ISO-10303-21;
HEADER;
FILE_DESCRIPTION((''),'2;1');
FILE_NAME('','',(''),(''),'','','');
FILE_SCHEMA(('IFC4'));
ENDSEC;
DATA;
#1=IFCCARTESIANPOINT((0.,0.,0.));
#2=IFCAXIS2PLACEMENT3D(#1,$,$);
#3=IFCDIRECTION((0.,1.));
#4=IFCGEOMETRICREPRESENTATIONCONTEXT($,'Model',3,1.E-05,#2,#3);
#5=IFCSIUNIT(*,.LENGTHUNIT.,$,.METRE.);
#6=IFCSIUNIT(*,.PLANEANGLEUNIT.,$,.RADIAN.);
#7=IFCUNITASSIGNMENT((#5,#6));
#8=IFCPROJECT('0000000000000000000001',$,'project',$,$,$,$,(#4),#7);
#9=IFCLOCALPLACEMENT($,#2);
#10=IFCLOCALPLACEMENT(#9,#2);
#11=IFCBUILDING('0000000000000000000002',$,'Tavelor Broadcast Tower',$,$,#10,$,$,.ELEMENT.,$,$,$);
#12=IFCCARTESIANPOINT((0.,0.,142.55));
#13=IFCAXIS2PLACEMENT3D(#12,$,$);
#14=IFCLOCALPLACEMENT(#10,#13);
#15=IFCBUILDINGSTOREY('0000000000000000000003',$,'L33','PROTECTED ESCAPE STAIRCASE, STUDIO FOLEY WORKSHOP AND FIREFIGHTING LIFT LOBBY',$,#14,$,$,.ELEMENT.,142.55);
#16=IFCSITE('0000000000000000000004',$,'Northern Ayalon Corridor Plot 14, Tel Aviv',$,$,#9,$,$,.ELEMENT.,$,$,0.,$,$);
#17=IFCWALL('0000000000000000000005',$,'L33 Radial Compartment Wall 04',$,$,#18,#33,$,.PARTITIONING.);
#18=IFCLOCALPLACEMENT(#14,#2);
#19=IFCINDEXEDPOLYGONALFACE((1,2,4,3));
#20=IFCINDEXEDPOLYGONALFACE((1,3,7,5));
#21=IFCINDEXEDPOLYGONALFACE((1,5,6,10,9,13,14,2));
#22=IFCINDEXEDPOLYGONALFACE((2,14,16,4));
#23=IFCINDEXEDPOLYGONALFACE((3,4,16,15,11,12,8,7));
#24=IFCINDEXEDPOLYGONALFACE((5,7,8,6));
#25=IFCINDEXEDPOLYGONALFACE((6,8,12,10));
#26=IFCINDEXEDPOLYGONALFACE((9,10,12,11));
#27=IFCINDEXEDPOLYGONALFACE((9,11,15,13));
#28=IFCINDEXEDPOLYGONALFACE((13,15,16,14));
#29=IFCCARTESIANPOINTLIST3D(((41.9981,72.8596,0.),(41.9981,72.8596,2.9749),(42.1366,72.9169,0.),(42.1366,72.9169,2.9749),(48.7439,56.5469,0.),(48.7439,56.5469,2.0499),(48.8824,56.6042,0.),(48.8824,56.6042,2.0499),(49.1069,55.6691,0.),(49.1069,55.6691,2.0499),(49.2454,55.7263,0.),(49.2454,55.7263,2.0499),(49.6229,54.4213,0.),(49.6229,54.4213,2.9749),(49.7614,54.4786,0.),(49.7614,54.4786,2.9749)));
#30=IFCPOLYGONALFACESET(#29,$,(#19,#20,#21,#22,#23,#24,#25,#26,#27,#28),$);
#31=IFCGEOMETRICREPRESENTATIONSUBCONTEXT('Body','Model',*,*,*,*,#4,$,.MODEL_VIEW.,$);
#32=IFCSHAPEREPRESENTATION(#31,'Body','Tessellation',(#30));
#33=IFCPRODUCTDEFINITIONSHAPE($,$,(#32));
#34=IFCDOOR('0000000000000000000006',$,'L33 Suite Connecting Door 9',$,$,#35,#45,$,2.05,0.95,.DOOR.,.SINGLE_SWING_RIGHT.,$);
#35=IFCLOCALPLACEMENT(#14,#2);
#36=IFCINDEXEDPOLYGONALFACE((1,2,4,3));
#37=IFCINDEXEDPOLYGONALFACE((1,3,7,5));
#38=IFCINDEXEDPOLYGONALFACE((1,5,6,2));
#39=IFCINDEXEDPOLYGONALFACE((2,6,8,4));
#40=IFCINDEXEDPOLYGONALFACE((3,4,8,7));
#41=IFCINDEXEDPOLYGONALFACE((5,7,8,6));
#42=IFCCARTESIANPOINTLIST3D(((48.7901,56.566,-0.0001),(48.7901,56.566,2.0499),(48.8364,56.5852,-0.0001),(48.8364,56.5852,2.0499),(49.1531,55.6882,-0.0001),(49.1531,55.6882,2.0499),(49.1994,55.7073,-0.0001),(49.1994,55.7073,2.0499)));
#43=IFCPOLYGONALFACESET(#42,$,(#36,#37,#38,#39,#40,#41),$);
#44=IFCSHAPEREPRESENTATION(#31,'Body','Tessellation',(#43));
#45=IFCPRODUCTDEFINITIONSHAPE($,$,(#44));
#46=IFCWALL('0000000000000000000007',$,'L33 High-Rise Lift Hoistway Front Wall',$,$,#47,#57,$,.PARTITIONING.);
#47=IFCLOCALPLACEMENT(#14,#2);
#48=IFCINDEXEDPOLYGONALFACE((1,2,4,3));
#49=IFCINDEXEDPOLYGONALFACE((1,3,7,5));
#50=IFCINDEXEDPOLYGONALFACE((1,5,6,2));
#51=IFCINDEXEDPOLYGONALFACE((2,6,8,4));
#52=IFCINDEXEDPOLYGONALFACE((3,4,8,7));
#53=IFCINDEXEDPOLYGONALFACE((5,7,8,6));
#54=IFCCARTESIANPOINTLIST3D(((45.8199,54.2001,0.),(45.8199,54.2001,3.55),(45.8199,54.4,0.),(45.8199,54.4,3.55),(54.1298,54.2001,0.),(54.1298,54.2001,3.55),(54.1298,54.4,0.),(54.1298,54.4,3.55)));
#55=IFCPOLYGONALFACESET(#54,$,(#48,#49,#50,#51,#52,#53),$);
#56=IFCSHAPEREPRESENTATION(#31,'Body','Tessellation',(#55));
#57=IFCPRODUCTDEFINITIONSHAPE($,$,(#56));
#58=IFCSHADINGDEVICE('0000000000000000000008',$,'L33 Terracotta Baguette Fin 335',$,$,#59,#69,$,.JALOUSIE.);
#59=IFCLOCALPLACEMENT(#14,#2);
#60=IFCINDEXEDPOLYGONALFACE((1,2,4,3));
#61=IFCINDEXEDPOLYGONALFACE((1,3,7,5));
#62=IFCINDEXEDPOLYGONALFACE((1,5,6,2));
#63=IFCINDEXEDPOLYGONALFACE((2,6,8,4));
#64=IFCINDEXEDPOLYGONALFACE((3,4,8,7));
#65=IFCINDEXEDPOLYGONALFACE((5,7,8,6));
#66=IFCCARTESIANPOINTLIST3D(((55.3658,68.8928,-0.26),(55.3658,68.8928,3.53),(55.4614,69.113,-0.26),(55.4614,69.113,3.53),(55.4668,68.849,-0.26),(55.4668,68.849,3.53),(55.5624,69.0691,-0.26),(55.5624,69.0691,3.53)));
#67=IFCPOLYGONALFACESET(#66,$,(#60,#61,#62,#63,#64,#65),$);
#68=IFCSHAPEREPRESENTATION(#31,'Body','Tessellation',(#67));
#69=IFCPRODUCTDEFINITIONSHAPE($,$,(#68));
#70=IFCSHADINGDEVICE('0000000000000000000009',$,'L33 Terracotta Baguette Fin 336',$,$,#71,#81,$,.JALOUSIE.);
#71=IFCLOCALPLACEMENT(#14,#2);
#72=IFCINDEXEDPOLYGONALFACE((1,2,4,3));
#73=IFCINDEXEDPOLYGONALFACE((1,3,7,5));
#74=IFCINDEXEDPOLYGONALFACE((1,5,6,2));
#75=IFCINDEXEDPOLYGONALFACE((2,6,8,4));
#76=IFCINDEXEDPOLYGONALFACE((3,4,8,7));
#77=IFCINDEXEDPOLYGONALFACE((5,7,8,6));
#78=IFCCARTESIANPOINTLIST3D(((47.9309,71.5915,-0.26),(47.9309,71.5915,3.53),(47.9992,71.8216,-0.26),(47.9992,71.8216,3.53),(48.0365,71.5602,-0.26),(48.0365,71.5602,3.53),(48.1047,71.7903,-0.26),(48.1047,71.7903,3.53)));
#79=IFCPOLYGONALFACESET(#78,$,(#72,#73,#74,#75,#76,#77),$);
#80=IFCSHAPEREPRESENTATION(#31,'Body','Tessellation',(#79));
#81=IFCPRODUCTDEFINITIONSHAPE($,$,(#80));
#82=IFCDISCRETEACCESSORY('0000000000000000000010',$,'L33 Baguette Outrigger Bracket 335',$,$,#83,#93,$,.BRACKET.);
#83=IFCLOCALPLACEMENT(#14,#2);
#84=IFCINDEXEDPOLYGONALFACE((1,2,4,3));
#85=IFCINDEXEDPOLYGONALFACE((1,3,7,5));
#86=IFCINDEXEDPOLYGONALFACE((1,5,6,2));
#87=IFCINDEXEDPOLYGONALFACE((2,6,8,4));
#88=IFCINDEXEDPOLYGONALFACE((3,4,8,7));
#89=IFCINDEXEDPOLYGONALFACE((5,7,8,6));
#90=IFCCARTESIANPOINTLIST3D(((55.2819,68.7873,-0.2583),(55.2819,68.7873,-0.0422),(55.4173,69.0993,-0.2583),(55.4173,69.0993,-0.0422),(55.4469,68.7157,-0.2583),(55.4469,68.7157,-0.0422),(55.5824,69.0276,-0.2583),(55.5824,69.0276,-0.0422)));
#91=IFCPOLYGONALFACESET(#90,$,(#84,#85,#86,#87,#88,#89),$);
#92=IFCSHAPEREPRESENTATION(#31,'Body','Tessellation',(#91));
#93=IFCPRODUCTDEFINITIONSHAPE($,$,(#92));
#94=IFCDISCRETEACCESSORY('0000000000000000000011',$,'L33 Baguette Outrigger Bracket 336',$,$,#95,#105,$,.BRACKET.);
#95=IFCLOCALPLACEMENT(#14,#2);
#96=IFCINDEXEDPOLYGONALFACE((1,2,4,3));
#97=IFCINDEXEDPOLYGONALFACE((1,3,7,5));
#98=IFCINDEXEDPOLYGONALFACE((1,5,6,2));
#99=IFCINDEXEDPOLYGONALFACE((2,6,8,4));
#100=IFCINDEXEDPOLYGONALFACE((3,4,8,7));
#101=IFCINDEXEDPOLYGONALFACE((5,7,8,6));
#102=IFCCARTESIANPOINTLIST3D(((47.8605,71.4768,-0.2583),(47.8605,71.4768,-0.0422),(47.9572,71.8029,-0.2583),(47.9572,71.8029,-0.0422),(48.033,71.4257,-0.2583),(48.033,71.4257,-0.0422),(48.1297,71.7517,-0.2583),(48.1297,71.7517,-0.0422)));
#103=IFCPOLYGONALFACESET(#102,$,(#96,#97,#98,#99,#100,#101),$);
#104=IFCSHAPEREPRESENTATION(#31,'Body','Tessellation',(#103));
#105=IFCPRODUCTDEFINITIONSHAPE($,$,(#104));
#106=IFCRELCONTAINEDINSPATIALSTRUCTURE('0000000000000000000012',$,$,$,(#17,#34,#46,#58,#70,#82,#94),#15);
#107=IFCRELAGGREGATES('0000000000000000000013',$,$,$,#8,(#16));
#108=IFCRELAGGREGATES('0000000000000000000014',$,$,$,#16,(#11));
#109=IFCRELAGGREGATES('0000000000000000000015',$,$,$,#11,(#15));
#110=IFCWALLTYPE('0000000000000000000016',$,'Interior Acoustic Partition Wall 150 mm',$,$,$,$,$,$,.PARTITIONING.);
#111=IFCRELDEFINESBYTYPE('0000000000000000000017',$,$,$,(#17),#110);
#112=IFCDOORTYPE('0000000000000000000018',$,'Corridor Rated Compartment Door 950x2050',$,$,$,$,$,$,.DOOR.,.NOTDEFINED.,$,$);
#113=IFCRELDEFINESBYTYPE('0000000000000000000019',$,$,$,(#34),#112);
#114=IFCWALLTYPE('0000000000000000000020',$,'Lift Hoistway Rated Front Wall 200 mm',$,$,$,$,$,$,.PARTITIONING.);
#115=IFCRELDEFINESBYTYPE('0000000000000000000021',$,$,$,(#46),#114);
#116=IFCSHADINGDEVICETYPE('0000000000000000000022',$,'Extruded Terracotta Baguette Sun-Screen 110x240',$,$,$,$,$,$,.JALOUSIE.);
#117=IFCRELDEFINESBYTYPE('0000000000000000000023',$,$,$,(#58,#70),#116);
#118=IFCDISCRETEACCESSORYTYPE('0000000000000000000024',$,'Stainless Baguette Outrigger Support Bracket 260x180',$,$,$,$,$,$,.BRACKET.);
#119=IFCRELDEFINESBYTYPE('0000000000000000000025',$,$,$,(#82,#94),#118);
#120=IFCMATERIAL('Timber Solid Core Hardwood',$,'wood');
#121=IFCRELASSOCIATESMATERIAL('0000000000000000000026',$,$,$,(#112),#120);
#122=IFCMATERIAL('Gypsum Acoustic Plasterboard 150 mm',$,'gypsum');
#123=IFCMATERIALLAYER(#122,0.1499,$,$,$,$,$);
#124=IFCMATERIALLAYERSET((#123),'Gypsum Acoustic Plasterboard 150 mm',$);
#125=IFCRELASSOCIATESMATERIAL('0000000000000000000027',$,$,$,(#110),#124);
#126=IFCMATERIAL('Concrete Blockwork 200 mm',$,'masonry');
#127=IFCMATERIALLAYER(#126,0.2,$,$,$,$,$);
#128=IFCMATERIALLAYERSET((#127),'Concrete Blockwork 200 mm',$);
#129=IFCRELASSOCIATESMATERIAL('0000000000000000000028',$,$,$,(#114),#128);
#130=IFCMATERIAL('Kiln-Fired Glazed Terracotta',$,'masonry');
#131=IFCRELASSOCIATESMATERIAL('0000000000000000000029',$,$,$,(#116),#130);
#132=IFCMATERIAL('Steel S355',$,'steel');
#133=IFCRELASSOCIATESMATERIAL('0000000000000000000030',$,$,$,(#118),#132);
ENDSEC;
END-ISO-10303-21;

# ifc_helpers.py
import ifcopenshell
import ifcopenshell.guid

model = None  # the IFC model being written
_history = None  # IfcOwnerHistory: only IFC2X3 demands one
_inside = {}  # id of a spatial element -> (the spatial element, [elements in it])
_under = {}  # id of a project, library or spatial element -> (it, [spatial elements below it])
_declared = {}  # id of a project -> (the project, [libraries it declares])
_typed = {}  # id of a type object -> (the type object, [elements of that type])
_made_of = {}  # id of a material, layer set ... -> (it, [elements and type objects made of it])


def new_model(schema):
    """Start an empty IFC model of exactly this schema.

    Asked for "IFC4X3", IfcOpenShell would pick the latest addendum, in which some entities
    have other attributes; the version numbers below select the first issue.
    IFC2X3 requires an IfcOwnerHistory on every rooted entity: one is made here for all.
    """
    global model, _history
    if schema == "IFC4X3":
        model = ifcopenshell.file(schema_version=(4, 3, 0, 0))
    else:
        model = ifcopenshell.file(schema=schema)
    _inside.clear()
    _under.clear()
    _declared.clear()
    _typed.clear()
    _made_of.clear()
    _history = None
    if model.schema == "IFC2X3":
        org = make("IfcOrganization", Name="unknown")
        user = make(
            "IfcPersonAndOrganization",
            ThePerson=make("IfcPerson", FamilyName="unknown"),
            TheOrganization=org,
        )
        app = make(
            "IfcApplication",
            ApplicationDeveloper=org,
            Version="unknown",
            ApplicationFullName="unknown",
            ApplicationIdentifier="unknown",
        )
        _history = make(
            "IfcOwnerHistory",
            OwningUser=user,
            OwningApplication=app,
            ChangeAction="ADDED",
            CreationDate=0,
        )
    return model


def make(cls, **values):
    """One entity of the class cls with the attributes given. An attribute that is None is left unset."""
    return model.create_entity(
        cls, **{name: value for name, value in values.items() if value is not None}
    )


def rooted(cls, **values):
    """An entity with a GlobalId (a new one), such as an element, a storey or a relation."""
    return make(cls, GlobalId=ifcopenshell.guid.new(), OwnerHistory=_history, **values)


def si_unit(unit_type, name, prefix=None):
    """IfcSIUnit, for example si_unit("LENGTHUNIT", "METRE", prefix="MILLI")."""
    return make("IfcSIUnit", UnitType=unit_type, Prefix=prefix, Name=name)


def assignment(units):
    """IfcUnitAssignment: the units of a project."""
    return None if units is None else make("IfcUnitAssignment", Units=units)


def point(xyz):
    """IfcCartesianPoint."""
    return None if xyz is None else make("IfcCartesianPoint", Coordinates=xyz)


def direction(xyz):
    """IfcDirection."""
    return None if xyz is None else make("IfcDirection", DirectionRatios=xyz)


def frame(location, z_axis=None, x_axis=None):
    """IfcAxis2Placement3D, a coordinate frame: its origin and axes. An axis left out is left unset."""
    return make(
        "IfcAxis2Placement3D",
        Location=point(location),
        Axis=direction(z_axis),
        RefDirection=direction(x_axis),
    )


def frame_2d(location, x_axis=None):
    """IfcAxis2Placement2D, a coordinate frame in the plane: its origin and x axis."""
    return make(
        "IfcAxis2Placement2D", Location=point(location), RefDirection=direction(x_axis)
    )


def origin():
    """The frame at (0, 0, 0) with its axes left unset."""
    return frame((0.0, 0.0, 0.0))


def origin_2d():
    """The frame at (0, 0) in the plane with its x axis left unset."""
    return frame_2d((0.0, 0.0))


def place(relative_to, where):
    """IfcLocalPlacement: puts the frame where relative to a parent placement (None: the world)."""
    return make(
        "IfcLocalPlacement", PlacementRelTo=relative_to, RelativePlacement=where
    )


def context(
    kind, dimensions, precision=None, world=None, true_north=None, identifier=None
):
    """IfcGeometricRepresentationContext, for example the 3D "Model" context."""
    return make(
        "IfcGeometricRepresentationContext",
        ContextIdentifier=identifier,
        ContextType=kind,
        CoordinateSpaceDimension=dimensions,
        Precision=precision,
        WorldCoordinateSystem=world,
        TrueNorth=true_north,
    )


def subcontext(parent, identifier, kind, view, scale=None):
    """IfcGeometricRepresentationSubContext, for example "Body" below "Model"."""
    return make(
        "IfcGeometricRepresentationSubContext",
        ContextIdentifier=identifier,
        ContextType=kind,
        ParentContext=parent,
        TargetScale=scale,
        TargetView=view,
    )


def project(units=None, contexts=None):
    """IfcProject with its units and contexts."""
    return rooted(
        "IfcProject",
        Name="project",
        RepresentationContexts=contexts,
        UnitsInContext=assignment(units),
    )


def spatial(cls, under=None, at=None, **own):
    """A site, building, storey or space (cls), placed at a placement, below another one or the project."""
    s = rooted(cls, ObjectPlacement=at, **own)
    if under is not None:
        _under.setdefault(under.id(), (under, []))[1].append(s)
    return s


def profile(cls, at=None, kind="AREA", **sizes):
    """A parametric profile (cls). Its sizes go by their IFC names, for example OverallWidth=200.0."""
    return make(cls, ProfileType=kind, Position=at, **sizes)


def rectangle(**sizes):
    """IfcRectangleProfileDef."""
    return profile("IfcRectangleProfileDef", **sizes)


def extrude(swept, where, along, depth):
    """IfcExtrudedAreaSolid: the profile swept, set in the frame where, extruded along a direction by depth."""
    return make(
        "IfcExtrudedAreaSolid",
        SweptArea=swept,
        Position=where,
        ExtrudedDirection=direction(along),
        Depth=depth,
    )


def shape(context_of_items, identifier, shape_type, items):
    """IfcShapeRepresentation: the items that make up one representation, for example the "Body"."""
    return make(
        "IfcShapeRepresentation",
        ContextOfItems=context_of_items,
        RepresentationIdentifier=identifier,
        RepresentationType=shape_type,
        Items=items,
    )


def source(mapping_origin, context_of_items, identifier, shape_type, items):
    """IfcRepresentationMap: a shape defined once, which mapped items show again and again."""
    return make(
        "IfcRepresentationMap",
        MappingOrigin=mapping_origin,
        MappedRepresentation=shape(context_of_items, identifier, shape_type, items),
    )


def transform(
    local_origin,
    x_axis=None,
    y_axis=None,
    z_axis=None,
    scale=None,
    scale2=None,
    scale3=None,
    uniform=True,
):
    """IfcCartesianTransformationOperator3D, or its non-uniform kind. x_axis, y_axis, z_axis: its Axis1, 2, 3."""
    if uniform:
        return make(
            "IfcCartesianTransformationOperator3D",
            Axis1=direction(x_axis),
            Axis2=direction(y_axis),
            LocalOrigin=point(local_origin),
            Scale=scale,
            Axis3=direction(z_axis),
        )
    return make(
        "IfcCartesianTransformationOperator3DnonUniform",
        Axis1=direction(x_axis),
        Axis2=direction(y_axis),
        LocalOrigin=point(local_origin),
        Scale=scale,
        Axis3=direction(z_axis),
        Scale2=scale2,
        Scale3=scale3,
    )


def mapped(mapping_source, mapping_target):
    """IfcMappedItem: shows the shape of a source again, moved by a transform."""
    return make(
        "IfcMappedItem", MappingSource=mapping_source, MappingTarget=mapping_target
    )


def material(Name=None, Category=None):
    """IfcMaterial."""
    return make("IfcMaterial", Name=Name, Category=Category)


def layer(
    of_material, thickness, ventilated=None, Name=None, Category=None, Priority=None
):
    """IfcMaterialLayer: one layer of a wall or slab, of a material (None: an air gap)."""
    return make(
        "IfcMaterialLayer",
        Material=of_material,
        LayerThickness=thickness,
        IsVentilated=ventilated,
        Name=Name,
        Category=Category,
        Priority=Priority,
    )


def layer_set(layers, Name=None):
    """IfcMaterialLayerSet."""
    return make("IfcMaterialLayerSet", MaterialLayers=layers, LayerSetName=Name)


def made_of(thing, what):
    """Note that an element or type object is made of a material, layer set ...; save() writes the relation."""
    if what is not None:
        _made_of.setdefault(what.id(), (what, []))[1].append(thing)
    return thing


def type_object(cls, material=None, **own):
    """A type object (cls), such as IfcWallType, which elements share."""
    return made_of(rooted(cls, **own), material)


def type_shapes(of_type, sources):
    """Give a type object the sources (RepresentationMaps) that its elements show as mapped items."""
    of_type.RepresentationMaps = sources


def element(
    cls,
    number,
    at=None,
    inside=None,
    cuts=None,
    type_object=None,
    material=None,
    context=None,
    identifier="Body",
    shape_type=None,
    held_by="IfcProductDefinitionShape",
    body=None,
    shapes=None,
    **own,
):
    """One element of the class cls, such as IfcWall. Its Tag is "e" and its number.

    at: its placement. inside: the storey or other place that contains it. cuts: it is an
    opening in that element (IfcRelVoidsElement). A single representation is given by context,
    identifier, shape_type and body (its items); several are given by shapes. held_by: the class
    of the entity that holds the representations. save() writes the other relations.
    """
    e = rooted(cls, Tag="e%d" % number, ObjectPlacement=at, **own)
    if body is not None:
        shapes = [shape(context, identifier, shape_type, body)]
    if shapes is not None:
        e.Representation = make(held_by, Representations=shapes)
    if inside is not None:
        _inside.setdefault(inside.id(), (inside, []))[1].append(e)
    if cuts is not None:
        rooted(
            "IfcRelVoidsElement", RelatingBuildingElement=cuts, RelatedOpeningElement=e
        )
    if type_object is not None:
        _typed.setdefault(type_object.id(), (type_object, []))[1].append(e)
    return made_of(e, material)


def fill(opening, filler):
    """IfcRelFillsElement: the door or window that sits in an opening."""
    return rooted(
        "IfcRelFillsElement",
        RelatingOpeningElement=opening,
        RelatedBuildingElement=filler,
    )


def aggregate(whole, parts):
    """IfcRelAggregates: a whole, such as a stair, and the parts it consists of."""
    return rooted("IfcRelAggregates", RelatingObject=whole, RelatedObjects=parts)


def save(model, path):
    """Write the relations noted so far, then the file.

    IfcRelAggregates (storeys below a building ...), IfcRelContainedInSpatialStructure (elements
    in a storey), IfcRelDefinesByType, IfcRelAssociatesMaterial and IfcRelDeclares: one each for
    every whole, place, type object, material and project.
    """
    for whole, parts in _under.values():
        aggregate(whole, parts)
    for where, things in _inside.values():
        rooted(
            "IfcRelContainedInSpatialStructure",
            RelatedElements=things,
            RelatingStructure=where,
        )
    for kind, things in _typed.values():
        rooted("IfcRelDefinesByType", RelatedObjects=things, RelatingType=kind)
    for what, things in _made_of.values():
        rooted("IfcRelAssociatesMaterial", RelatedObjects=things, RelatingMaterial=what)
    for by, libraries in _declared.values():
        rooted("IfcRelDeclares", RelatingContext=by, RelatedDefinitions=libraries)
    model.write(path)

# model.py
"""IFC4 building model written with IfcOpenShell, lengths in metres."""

from ifc_helpers import new_model, si_unit, direction, frame, frame_2d, origin, origin_2d, place, context, subcontext, project, spatial, rectangle, extrude, source, transform, mapped, material, layer, layer_set, type_object, type_shapes, element, fill, save


model = new_model("IFC4")

# Units and contexts
model_context = context("Model", 3, precision=1e-05, world=origin(), true_north=direction((0.0, 1.0)))
body_context = subcontext(model_context, "Body", "Model", "MODEL_VIEW")
ifc_project = project(units=[si_unit("LENGTHUNIT", "METRE"), si_unit("PLANEANGLEUNIT", "RADIAN")], contexts=[model_context])

# Site, building, storey
site_placement = place(None, origin())
site = spatial("IfcSite", under=ifc_project, at=site_placement, Name="Northern Ayalon Corridor Plot 14, Tel Aviv", CompositionType="ELEMENT", RefElevation=0.0)
building_placement = place(site_placement, origin())
building = spatial("IfcBuilding", under=site, at=building_placement, Name="Tavelor Broadcast Tower", CompositionType="ELEMENT")
storey_placement = place(building_placement, frame((0.0, 0.0, 142.55)))
storey = spatial("IfcBuildingStorey", under=building, at=storey_placement, Name="L33", Description="PROTECTED ESCAPE STAIRCASE, STUDIO FOLEY WORKSHOP AND FIREFIGHTING LIFT LOBBY", CompositionType="ELEMENT", Elevation=142.55)

# Shared definitions
ifc_material_1 = material(Name="Steel S355", Category="steel")

# Shared definitions
ifc_material_2 = material(Name="Timber Solid Core Hardwood", Category="wood")
door_type = type_object("IfcDoorType", Name="Corridor Rated Compartment Door 950x2050", OperationType="NOTDEFINED", PredefinedType="DOOR", material=ifc_material_2)

# Shared definitions
ifc_material_3 = material(Name="Gypsum Acoustic Plasterboard 150 mm", Category="gypsum")
ifc_layer_1 = layer(ifc_material_3, 0.1499)
ifc_layer_set_1 = layer_set([ifc_layer_1], Name="Gypsum Acoustic Plasterboard 150 mm")
wall_type_1 = type_object("IfcWallType", Name="Interior Acoustic Partition Wall 150 mm", PredefinedType="PARTITIONING", material=ifc_layer_set_1)

# Wall, opening, door
wall_1_placement = place(storey_placement, frame((49.6921, 54.45, 0.0), z_axis=(0.0, 0.0, 1.0), x_axis=(-0.382144, 0.924103, 0.0)))
wall_1 = element("IfcWall", 1, at=wall_1_placement, inside=storey, type_object=wall_type_1, Name="L33 Radial Compartment Wall 04", PredefinedType="PARTITIONING", context=body_context, shape_type="SweptSolid", body=[
    extrude(rectangle(XDim=19.9526, YDim=0.1499, at=frame_2d((9.9763, 0.0))), origin(), (0.0, 0.0, 1.0), 2.9749),
])
opening_1_placement = place(wall_1_placement, frame((1.3501, 0.0, 0.0)))
opening_1 = element("IfcOpeningElement", 2, at=opening_1_placement, cuts=wall_1, PredefinedType="OPENING", context=body_context, shape_type="SweptSolid", body=[
    extrude(rectangle(XDim=0.95, YDim=2.05, at=frame_2d((0.4751, 1.0249))), frame((0.0, 0.085, 0.0), z_axis=(0.0, -1.0, 0.0), x_axis=(1.0, 0.0, 0.0)), (0.0, 0.0, 1.0), 0.1699),
])
door_1_placement = place(opening_1_placement, origin())
door_1 = element("IfcDoor", 3, at=door_1_placement, inside=storey, type_object=door_type, Name="L33 Suite Connecting Door 9", OperationType="SINGLE_SWING_RIGHT", OverallHeight=2.05, OverallWidth=0.95, PredefinedType="DOOR", context=body_context, shape_type="SweptSolid", body=[
    extrude(rectangle(XDim=0.95, YDim=2.05, at=frame_2d((0.4751, 1.0249))), frame((0.0, 0.0249, 0.0), z_axis=(0.0, -1.0, 0.0), x_axis=(1.0, 0.0, 0.0)), (0.0, 0.0, 1.0), 0.05),
])
fill(opening_1, door_1)

# Wall
ifc_material_4 = material(Name="Concrete Blockwork 200 mm", Category="masonry")
ifc_layer_2 = layer(ifc_material_4, 0.2)
ifc_layer_set_2 = layer_set([ifc_layer_2], Name="Concrete Blockwork 200 mm")
wall_type_2 = type_object("IfcWallType", Name="Lift Hoistway Rated Front Wall 200 mm", PredefinedType="PARTITIONING", material=ifc_layer_set_2)
wall_2_placement = place(storey_placement, frame((45.8201, 54.3, 0.0), z_axis=(0.0, 0.0, 1.0), x_axis=(1.0, 0.0, 0.0)))
element("IfcWall", 4, at=wall_2_placement, inside=storey, type_object=wall_type_2, Name="L33 High-Rise Lift Hoistway Front Wall", PredefinedType="PARTITIONING", context=body_context, shape_type="SweptSolid", body=[
    extrude(rectangle(XDim=8.3098, YDim=0.2, at=frame_2d((4.1548, 0.0))), origin(), (0.0, 0.0, 1.0), 3.55),
])

# Shading devices
ifc_material_5 = material(Name="Kiln-Fired Glazed Terracotta", Category="masonry")
shading_device_type = type_object("IfcShadingDeviceType", Name="Extruded Terracotta Baguette Sun-Screen 110x240", PredefinedType="JALOUSIE", material=ifc_material_5)
shared_shape_1 = source(origin(), body_context, "Body", "SweptSolid", [
    extrude(rectangle(XDim=0.1101, YDim=0.24, at=origin_2d()), origin(), (0.0, 0.0, 1.0), 3.79),
])
type_shapes(shading_device_type, [shared_shape_1])
for number, where, z_axis, x_axis, name in (
    (5, (55.4641, 68.981, -0.26), (0.0, 0.0, 1.0), (-0.917269, 0.398269, 0.0), "L33 Terracotta Baguette Fin 335"),
    (6, (48.0178, 71.6909, -0.26), (0.0, 0.0, 1.0), (-0.958721, 0.28435, 0.0), "L33 Terracotta Baguette Fin 336"),
):
    element("IfcShadingDevice", number, at=place(storey_placement, frame(where, z_axis=z_axis, x_axis=x_axis)), inside=storey, type_object=shading_device_type, Name=name, PredefinedType="JALOUSIE", context=body_context, shape_type="MappedRepresentation", body=[
        mapped(shared_shape_1, transform((0.0, 0.0, 0.0), scale=1.0)),
    ])

# Discrete accessories
discrete_accessory_type = type_object("IfcDiscreteAccessoryType", Name="Stainless Baguette Outrigger Support Bracket 260x180", PredefinedType="BRACKET", material=ifc_material_1)
shared_shape_2 = source(origin(), body_context, "Body", "SweptSolid", [
    extrude(rectangle(XDim=0.1799, YDim=0.3401, at=origin_2d()), origin(), (0.0, 0.0, 1.0), 0.2161),
])
type_shapes(discrete_accessory_type, [shared_shape_2])
for number, where, z_axis, x_axis, name in (
    (7, (55.4321, 68.9075, -0.2583), (0.0, 0.0, 1.0), (-0.917269, 0.398269, 0.0), "L33 Baguette Outrigger Bracket 335"),
    (8, (47.9951, 71.6143, -0.2583), (0.0, 0.0, 1.0), (-0.958721, 0.28435, 0.0), "L33 Baguette Outrigger Bracket 336"),
):
    element("IfcDiscreteAccessory", number, at=place(storey_placement, frame(where, z_axis=z_axis, x_axis=x_axis)), inside=storey, type_object=discrete_accessory_type, Name=name, PredefinedType="BRACKET", context=body_context, shape_type="MappedRepresentation", body=[
        mapped(shared_shape_2, transform((0.0, 0.0, 0.0), scale=1.0)),
    ])

save(model, "model.ifc")
